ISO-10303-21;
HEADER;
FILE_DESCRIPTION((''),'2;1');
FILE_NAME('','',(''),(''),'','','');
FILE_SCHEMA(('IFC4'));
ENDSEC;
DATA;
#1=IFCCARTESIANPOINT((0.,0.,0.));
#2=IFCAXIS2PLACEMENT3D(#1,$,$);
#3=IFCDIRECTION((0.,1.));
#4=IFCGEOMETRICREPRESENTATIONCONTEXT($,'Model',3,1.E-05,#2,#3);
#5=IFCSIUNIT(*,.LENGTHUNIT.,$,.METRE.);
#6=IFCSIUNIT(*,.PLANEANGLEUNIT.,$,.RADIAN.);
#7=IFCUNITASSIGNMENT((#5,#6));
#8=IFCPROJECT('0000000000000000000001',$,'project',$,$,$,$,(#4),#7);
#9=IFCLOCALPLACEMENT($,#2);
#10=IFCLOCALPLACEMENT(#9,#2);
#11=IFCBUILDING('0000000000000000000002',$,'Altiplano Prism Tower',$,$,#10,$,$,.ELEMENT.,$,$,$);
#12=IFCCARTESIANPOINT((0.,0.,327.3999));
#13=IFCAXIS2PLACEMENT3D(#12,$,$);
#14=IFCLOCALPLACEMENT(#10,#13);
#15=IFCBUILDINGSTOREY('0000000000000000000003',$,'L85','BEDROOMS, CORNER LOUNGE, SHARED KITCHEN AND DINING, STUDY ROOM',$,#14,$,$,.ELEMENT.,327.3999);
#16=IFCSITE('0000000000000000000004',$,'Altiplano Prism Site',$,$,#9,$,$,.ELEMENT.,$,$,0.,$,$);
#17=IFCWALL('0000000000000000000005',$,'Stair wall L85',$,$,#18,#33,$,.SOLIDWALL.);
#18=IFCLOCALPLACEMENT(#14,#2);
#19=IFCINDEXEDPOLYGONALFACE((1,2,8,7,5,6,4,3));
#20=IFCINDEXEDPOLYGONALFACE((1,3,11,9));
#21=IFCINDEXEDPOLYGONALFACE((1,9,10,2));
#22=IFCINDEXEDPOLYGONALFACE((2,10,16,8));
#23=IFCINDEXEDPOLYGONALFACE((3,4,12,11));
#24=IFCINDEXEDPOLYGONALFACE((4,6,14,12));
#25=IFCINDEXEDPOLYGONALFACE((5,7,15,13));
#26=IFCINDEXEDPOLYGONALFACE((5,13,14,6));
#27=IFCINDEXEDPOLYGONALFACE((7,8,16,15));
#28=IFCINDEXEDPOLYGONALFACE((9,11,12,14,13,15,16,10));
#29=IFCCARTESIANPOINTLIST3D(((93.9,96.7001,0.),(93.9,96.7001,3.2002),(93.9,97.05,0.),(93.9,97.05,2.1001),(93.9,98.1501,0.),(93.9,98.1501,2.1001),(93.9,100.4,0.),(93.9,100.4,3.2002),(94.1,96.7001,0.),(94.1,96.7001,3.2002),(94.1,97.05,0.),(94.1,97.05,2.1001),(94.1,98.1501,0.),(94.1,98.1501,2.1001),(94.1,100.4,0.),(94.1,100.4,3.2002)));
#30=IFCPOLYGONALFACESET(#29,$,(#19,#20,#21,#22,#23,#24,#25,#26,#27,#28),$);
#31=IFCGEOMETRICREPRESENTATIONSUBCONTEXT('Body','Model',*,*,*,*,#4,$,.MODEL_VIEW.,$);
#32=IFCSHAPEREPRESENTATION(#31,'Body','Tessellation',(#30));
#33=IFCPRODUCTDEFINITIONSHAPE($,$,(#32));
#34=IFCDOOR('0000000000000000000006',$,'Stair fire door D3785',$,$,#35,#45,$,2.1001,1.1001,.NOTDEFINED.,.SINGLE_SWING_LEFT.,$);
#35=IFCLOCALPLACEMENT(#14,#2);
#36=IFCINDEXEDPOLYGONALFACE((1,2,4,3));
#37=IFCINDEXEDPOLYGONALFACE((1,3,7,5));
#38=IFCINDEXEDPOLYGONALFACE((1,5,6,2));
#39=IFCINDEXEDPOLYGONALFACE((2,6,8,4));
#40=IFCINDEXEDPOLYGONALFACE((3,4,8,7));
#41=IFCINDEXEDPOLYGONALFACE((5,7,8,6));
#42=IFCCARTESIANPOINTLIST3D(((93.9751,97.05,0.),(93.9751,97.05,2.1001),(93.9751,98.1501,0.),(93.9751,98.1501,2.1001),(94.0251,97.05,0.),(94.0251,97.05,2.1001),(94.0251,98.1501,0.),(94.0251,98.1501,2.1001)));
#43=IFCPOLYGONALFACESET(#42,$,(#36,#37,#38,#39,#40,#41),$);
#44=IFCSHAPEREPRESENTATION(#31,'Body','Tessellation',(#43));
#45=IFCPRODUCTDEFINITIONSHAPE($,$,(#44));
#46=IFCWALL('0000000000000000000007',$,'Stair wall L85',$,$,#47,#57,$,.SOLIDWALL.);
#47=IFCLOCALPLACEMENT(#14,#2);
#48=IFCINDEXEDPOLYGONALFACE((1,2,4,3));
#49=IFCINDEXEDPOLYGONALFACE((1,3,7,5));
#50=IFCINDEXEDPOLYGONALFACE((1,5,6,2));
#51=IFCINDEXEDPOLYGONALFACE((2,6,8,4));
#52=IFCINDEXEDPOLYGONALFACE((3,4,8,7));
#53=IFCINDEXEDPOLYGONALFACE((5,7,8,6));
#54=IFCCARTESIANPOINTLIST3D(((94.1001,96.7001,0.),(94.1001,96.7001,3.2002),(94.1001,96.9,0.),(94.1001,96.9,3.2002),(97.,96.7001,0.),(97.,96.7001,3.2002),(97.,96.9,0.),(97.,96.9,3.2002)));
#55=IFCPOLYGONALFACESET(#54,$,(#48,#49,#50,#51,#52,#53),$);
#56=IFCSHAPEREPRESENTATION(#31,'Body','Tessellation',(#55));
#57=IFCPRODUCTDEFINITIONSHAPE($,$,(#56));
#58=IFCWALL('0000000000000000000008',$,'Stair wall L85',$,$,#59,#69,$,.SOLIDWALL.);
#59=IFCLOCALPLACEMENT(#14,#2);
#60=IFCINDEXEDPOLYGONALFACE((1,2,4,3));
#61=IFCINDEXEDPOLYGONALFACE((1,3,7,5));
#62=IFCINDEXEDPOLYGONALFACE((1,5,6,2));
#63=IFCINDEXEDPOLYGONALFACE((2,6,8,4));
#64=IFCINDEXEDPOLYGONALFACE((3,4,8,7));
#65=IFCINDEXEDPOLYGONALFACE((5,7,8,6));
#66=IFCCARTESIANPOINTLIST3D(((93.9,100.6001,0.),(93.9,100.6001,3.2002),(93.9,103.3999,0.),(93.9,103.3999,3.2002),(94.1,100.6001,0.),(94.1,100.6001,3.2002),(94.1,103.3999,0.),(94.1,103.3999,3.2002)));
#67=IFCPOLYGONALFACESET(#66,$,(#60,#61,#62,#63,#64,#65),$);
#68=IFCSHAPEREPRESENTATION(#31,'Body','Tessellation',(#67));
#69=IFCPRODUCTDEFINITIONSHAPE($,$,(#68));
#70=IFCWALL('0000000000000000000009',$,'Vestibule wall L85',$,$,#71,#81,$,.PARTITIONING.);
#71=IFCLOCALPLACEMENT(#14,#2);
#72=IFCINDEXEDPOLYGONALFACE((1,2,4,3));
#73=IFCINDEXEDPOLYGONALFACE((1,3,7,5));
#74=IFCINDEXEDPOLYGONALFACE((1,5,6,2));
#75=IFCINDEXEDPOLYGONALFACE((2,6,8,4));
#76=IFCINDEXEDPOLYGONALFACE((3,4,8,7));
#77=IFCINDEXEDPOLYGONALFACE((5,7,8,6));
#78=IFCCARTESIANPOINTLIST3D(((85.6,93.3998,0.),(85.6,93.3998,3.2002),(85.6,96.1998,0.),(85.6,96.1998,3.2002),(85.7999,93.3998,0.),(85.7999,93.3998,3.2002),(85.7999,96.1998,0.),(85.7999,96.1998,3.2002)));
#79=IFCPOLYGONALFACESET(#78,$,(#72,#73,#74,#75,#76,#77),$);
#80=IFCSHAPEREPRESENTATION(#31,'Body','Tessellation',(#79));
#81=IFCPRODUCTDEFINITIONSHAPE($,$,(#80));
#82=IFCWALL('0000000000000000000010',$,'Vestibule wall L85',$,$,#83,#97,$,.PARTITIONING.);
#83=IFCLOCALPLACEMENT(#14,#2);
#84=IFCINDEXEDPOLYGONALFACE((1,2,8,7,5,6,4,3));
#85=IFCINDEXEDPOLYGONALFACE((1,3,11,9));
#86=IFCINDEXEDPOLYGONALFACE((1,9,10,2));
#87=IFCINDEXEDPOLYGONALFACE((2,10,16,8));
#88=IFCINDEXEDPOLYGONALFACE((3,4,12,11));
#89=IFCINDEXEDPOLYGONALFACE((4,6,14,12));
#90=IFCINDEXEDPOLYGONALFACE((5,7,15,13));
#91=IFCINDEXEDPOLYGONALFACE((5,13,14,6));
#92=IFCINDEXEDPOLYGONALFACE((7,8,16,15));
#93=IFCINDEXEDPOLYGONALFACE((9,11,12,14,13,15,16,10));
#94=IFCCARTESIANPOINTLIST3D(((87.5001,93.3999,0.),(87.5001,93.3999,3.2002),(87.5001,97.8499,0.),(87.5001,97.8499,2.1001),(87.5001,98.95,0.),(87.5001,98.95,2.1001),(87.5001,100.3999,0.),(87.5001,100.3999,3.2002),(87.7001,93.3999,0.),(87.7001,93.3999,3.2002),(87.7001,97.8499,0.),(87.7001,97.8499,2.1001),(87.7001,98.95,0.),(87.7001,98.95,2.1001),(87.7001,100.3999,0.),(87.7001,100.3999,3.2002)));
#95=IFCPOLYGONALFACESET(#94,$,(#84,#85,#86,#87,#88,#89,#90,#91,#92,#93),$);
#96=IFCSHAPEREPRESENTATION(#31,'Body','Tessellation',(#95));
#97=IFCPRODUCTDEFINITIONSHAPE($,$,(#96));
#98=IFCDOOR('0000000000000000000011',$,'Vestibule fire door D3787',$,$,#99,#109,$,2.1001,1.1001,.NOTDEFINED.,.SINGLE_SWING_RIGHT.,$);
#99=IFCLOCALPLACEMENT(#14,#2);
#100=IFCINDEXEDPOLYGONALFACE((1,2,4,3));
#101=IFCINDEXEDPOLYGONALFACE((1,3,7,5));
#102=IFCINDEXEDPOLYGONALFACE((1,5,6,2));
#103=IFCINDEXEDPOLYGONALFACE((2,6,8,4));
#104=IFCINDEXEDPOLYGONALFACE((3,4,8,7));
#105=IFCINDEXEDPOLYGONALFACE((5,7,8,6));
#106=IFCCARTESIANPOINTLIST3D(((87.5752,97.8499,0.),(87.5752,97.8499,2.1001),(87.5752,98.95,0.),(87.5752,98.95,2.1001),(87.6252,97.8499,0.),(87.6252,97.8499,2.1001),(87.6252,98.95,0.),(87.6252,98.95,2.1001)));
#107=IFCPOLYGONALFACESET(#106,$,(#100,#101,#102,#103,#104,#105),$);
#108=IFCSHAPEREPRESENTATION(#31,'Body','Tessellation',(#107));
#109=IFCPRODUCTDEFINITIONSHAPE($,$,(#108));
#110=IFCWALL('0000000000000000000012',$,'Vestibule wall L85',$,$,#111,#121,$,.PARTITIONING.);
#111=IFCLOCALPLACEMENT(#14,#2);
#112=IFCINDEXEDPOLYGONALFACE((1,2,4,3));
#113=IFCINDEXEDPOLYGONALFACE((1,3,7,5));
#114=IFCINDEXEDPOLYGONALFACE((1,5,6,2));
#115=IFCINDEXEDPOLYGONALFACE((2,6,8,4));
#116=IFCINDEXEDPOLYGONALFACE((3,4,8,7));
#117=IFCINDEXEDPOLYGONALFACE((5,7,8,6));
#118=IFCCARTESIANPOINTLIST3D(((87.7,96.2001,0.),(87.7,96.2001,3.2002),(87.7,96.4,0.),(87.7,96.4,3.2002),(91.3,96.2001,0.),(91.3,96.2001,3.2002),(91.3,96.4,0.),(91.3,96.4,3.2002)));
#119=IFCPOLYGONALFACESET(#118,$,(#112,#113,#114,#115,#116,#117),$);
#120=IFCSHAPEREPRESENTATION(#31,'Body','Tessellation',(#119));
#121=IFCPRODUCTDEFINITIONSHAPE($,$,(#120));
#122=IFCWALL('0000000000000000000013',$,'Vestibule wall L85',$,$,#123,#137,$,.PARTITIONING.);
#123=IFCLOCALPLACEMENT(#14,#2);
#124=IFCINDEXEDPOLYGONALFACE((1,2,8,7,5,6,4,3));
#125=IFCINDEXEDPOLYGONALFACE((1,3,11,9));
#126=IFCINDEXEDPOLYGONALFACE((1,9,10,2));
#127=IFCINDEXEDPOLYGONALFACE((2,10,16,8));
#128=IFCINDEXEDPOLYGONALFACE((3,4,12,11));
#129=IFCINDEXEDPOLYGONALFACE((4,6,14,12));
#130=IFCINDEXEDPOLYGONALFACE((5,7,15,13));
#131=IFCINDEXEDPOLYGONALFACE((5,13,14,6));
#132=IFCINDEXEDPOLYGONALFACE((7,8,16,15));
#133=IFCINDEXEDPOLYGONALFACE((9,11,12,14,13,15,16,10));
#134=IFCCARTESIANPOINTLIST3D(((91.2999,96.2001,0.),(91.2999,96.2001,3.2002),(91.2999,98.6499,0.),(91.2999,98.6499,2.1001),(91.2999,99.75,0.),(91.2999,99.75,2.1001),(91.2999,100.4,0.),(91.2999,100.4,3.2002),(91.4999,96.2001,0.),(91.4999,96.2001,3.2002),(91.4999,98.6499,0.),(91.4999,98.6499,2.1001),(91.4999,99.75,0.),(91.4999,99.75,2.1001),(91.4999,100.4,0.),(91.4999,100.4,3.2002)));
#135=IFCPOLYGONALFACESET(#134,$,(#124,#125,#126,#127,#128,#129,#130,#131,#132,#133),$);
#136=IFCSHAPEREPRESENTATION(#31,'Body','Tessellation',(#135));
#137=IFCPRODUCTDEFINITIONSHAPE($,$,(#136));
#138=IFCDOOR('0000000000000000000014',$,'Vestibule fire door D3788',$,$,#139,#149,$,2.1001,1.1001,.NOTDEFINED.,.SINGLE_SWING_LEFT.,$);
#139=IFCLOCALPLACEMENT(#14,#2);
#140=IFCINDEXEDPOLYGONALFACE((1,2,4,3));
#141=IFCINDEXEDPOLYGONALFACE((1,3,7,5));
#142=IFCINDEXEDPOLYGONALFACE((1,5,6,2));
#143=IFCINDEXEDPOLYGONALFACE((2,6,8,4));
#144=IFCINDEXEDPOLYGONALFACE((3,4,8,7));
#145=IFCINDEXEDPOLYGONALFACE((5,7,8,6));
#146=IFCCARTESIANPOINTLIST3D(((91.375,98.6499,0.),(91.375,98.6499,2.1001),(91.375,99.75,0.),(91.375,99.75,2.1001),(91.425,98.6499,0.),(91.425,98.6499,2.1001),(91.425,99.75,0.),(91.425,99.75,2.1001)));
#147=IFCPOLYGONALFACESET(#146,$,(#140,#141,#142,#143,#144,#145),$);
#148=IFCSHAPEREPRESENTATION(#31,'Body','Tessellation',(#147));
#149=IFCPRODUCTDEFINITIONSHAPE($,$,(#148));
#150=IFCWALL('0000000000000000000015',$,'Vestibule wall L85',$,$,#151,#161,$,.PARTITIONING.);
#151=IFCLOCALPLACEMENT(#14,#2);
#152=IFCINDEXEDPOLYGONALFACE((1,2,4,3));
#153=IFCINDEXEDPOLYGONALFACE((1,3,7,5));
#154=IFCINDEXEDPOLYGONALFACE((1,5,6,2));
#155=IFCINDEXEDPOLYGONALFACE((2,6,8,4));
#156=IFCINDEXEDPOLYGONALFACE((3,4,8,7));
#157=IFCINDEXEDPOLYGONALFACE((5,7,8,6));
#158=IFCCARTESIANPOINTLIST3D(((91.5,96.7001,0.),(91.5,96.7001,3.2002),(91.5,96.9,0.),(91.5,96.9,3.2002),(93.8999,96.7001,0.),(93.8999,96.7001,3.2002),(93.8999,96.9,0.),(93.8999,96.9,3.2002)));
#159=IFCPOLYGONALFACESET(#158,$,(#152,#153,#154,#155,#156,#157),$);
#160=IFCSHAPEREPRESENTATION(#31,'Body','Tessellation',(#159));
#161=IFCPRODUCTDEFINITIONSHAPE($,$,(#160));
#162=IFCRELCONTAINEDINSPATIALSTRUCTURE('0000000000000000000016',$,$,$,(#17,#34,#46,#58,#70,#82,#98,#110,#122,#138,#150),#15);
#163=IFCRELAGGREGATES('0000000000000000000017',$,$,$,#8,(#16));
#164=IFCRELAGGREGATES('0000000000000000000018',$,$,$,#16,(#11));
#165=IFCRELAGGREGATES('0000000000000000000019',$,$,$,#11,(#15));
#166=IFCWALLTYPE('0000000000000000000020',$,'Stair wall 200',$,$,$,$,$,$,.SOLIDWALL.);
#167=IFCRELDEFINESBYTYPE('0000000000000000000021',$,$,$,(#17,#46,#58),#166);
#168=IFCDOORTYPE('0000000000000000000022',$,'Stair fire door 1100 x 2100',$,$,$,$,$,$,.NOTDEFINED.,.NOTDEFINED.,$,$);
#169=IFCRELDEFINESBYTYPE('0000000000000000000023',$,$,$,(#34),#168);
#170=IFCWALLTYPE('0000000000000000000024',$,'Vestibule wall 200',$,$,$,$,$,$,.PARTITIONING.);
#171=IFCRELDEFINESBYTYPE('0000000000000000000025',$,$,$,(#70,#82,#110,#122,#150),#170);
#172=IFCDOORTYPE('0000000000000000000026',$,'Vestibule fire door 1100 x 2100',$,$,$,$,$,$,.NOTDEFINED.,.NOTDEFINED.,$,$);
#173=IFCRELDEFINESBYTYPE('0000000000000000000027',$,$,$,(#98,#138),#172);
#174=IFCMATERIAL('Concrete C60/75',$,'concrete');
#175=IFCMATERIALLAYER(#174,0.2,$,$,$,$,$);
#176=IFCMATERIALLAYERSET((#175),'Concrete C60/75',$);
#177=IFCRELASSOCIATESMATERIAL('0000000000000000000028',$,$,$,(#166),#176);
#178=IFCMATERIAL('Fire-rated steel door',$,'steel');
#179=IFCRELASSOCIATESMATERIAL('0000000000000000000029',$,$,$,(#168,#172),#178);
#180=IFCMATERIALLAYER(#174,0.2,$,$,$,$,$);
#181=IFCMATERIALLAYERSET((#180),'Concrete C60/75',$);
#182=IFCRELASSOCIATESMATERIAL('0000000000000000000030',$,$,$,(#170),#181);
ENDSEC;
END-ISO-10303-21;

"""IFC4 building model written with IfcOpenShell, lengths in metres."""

from ifc_helpers import new_model, si_unit, direction, frame, frame_2d, origin, place, context, subcontext, project, spatial, rectangle, extrude, material, layer, layer_set, type_object, element, fill, save


model = new_model("IFC4")

# Units and contexts
model_context = context("Model", 3, precision=1e-05, world=origin(), true_north=direction((0.0, 1.0)))
body_context = subcontext(model_context, "Body", "Model", "MODEL_VIEW")
ifc_project = project(units=[si_unit("LENGTHUNIT", "METRE"), si_unit("PLANEANGLEUNIT", "RADIAN")], contexts=[model_context])

# Site, building, storey
site_placement = place(None, origin())
site = spatial("IfcSite", under=ifc_project, at=site_placement, Name="Altiplano Prism Site", CompositionType="ELEMENT", RefElevation=0.0)
building_placement = place(site_placement, origin())
building = spatial("IfcBuilding", under=site, at=building_placement, Name="Altiplano Prism Tower", CompositionType="ELEMENT")
storey_placement = place(building_placement, frame((0.0, 0.0, 327.3999)))
storey = spatial("IfcBuildingStorey", under=building, at=storey_placement, Name="L85", Description="BEDROOMS, CORNER LOUNGE, SHARED KITCHEN AND DINING, STUDY ROOM", CompositionType="ELEMENT", Elevation=327.3999)

# Shared definitions
ifc_material_1 = material(Name="Concrete C60/75", Category="concrete")

# Wall, opening, door
ifc_layer_1 = layer(ifc_material_1, 0.2)
ifc_layer_set_1 = layer_set([ifc_layer_1], Name="Concrete C60/75")
wall_type_1 = type_object("IfcWallType", Name="Stair wall 200", PredefinedType="SOLIDWALL", material=ifc_layer_set_1)
wall_1_placement = place(storey_placement, frame((94.0, 96.7, 0.0), z_axis=(0.0, 0.0, 1.0), x_axis=(0.0, 1.0, 0.0)))
wall_1 = element("IfcWall", 1, at=wall_1_placement, inside=storey, type_object=wall_type_1, Name="Stair wall L85", PredefinedType="SOLIDWALL", context=body_context, shape_type="SweptSolid", body=[
    extrude(rectangle(XDim=3.7, YDim=0.2, at=frame_2d((1.8501, 0.0))), origin(), (0.0, 0.0, 1.0), 3.2002),
])
opening_1_placement = place(wall_1_placement, frame((0.3501, 0.0, 0.0)))
opening_1 = element("IfcOpeningElement", 2, at=opening_1_placement, cuts=wall_1, PredefinedType="OPENING", context=body_context, shape_type="SweptSolid", body=[
    extrude(rectangle(XDim=1.1001, YDim=2.1001, at=frame_2d((0.55, 1.05))), frame((0.0, 0.1104, 0.0), z_axis=(0.0, -1.0, 0.0), x_axis=(1.0, 0.0, 0.0)), (0.0, 0.0, 1.0), 0.2209),
])
ifc_material_2 = material(Name="Fire-rated steel door", Category="steel")
door_type_1 = type_object("IfcDoorType", Name="Stair fire door 1100 x 2100", OperationType="NOTDEFINED", PredefinedType="NOTDEFINED", material=ifc_material_2)
door_1_placement = place(opening_1_placement, origin())
door_1 = element("IfcDoor", 3, at=door_1_placement, inside=storey, type_object=door_type_1, Name="Stair fire door D3785", OperationType="SINGLE_SWING_LEFT", OverallHeight=2.1001, OverallWidth=1.1001, PredefinedType="NOTDEFINED", context=body_context, shape_type="SweptSolid", body=[
    extrude(rectangle(XDim=1.1001, YDim=2.1001, at=frame_2d((0.55, 1.05))), frame((0.0, 0.0249, 0.0), z_axis=(0.0, -1.0, 0.0), x_axis=(1.0, 0.0, 0.0)), (0.0, 0.0, 1.0), 0.05),
])
fill(opening_1, door_1)

# Walls
wall_2_placement = place(storey_placement, frame((94.1001, 96.8, 0.0), z_axis=(0.0, 0.0, 1.0), x_axis=(1.0, 0.0, 0.0)))
element("IfcWall", 4, at=wall_2_placement, inside=storey, type_object=wall_type_1, Name="Stair wall L85", PredefinedType="SOLIDWALL", context=body_context, shape_type="SweptSolid", body=[
    extrude(rectangle(XDim=2.8999, YDim=0.2, at=frame_2d((1.45, 0.0))), origin(), (0.0, 0.0, 1.0), 3.2002),
])
wall_3_placement = place(storey_placement, frame((94.0, 100.6001, 0.0), z_axis=(0.0, 0.0, 1.0), x_axis=(0.0, 1.0, 0.0)))
element("IfcWall", 5, at=wall_3_placement, inside=storey, type_object=wall_type_1, Name="Stair wall L85", PredefinedType="SOLIDWALL", context=body_context, shape_type="SweptSolid", body=[
    extrude(rectangle(XDim=2.7998, YDim=0.2, at=frame_2d((1.3999, 0.0))), origin(), (0.0, 0.0, 1.0), 3.2002),
])
ifc_layer_2 = layer(ifc_material_1, 0.2)
ifc_layer_set_2 = layer_set([ifc_layer_2], Name="Concrete C60/75")
wall_type_2 = type_object("IfcWallType", Name="Vestibule wall 200", PredefinedType="PARTITIONING", material=ifc_layer_set_2)
wall_4_placement = place(storey_placement, frame((85.7, 93.3999, 0.0), z_axis=(0.0, 0.0, 1.0), x_axis=(0.0, 1.0, 0.0)))
element("IfcWall", 6, at=wall_4_placement, inside=storey, type_object=wall_type_2, Name="Vestibule wall L85", PredefinedType="PARTITIONING", context=body_context, shape_type="SweptSolid", body=[
    extrude(rectangle(XDim=2.8, YDim=0.2, at=frame_2d((1.3999, 0.0))), origin(), (0.0, 0.0, 1.0), 3.2002),
])

# Wall, opening, door
wall_5_placement = place(storey_placement, frame((87.6001, 93.3999, 0.0), z_axis=(0.0, 0.0, 1.0), x_axis=(0.0, 1.0, 0.0)))
wall_5 = element("IfcWall", 7, at=wall_5_placement, inside=storey, type_object=wall_type_2, Name="Vestibule wall L85", PredefinedType="PARTITIONING", context=body_context, shape_type="SweptSolid", body=[
    extrude(rectangle(XDim=7.0, YDim=0.2, at=frame_2d((3.5, 0.0))), origin(), (0.0, 0.0, 1.0), 3.2002),
])
opening_2_placement = place(wall_5_placement, frame((4.45, 0.0, 0.0)))
opening_2 = element("IfcOpeningElement", 8, at=opening_2_placement, cuts=wall_5, PredefinedType="OPENING", context=body_context, shape_type="SweptSolid", body=[
    extrude(rectangle(XDim=1.1001, YDim=2.1001, at=frame_2d((0.55, 1.05))), frame((0.0, 0.1104, 0.0), z_axis=(0.0, -1.0, 0.0), x_axis=(1.0, 0.0, 0.0)), (0.0, 0.0, 1.0), 0.2209),
])
door_type_2 = type_object("IfcDoorType", Name="Vestibule fire door 1100 x 2100", OperationType="NOTDEFINED", PredefinedType="NOTDEFINED", material=ifc_material_2)
door_2_placement = place(opening_2_placement, origin())
door_2 = element("IfcDoor", 9, at=door_2_placement, inside=storey, type_object=door_type_2, Name="Vestibule fire door D3787", OperationType="SINGLE_SWING_RIGHT", OverallHeight=2.1001, OverallWidth=1.1001, PredefinedType="NOTDEFINED", context=body_context, shape_type="SweptSolid", body=[
    extrude(rectangle(XDim=1.1001, YDim=2.1001, at=frame_2d((0.55, 1.05))), frame((0.0, 0.0249, 0.0), z_axis=(0.0, -1.0, 0.0), x_axis=(1.0, 0.0, 0.0)), (0.0, 0.0, 1.0), 0.05),
])
fill(opening_2, door_2)

# Wall
wall_6_placement = place(storey_placement, frame((87.7, 96.3, 0.0), z_axis=(0.0, 0.0, 1.0), x_axis=(1.0, 0.0, 0.0)))
element("IfcWall", 10, at=wall_6_placement, inside=storey, type_object=wall_type_2, Name="Vestibule wall L85", PredefinedType="PARTITIONING", context=body_context, shape_type="SweptSolid", body=[
    extrude(rectangle(XDim=3.6001, YDim=0.2, at=frame_2d((1.8, 0.0))), origin(), (0.0, 0.0, 1.0), 3.2002),
])

# Wall, opening, door
wall_7_placement = place(storey_placement, frame((91.3999, 96.2, 0.0), z_axis=(0.0, 0.0, 1.0), x_axis=(0.0, 1.0, 0.0)))
wall_7 = element("IfcWall", 11, at=wall_7_placement, inside=storey, type_object=wall_type_2, Name="Vestibule wall L85", PredefinedType="PARTITIONING", context=body_context, shape_type="SweptSolid", body=[
    extrude(rectangle(XDim=4.2, YDim=0.2, at=frame_2d((2.1001, 0.0))), origin(), (0.0, 0.0, 1.0), 3.2002),
])
opening_3_placement = place(wall_7_placement, frame((2.45, 0.0, 0.0)))
opening_3 = element("IfcOpeningElement", 12, at=opening_3_placement, cuts=wall_7, PredefinedType="OPENING", context=body_context, shape_type="SweptSolid", body=[
    extrude(rectangle(XDim=1.1001, YDim=2.1001, at=frame_2d((0.55, 1.05))), frame((0.0, 0.1104, 0.0), z_axis=(0.0, -1.0, 0.0), x_axis=(1.0, 0.0, 0.0)), (0.0, 0.0, 1.0), 0.2209),
])
door_3_placement = place(opening_3_placement, origin())
door_3 = element("IfcDoor", 13, at=door_3_placement, inside=storey, type_object=door_type_2, Name="Vestibule fire door D3788", OperationType="SINGLE_SWING_LEFT", OverallHeight=2.1001, OverallWidth=1.1001, PredefinedType="NOTDEFINED", context=body_context, shape_type="SweptSolid", body=[
    extrude(rectangle(XDim=1.1001, YDim=2.1001, at=frame_2d((0.55, 1.05))), frame((0.0, 0.0249, 0.0), z_axis=(0.0, -1.0, 0.0), x_axis=(1.0, 0.0, 0.0)), (0.0, 0.0, 1.0), 0.05),
])
fill(opening_3, door_3)

# Wall
wall_8_placement = place(storey_placement, frame((91.5, 96.8, 0.0), z_axis=(0.0, 0.0, 1.0), x_axis=(1.0, 0.0, 0.0)))
element("IfcWall", 14, at=wall_8_placement, inside=storey, type_object=wall_type_2, Name="Vestibule wall L85", PredefinedType="PARTITIONING", context=body_context, shape_type="SweptSolid", body=[
    extrude(rectangle(XDim=2.3999, YDim=0.2, at=frame_2d((1.2, 0.0))), origin(), (0.0, 0.0, 1.0), 3.2002),
])

save(model, "model.ifc")
